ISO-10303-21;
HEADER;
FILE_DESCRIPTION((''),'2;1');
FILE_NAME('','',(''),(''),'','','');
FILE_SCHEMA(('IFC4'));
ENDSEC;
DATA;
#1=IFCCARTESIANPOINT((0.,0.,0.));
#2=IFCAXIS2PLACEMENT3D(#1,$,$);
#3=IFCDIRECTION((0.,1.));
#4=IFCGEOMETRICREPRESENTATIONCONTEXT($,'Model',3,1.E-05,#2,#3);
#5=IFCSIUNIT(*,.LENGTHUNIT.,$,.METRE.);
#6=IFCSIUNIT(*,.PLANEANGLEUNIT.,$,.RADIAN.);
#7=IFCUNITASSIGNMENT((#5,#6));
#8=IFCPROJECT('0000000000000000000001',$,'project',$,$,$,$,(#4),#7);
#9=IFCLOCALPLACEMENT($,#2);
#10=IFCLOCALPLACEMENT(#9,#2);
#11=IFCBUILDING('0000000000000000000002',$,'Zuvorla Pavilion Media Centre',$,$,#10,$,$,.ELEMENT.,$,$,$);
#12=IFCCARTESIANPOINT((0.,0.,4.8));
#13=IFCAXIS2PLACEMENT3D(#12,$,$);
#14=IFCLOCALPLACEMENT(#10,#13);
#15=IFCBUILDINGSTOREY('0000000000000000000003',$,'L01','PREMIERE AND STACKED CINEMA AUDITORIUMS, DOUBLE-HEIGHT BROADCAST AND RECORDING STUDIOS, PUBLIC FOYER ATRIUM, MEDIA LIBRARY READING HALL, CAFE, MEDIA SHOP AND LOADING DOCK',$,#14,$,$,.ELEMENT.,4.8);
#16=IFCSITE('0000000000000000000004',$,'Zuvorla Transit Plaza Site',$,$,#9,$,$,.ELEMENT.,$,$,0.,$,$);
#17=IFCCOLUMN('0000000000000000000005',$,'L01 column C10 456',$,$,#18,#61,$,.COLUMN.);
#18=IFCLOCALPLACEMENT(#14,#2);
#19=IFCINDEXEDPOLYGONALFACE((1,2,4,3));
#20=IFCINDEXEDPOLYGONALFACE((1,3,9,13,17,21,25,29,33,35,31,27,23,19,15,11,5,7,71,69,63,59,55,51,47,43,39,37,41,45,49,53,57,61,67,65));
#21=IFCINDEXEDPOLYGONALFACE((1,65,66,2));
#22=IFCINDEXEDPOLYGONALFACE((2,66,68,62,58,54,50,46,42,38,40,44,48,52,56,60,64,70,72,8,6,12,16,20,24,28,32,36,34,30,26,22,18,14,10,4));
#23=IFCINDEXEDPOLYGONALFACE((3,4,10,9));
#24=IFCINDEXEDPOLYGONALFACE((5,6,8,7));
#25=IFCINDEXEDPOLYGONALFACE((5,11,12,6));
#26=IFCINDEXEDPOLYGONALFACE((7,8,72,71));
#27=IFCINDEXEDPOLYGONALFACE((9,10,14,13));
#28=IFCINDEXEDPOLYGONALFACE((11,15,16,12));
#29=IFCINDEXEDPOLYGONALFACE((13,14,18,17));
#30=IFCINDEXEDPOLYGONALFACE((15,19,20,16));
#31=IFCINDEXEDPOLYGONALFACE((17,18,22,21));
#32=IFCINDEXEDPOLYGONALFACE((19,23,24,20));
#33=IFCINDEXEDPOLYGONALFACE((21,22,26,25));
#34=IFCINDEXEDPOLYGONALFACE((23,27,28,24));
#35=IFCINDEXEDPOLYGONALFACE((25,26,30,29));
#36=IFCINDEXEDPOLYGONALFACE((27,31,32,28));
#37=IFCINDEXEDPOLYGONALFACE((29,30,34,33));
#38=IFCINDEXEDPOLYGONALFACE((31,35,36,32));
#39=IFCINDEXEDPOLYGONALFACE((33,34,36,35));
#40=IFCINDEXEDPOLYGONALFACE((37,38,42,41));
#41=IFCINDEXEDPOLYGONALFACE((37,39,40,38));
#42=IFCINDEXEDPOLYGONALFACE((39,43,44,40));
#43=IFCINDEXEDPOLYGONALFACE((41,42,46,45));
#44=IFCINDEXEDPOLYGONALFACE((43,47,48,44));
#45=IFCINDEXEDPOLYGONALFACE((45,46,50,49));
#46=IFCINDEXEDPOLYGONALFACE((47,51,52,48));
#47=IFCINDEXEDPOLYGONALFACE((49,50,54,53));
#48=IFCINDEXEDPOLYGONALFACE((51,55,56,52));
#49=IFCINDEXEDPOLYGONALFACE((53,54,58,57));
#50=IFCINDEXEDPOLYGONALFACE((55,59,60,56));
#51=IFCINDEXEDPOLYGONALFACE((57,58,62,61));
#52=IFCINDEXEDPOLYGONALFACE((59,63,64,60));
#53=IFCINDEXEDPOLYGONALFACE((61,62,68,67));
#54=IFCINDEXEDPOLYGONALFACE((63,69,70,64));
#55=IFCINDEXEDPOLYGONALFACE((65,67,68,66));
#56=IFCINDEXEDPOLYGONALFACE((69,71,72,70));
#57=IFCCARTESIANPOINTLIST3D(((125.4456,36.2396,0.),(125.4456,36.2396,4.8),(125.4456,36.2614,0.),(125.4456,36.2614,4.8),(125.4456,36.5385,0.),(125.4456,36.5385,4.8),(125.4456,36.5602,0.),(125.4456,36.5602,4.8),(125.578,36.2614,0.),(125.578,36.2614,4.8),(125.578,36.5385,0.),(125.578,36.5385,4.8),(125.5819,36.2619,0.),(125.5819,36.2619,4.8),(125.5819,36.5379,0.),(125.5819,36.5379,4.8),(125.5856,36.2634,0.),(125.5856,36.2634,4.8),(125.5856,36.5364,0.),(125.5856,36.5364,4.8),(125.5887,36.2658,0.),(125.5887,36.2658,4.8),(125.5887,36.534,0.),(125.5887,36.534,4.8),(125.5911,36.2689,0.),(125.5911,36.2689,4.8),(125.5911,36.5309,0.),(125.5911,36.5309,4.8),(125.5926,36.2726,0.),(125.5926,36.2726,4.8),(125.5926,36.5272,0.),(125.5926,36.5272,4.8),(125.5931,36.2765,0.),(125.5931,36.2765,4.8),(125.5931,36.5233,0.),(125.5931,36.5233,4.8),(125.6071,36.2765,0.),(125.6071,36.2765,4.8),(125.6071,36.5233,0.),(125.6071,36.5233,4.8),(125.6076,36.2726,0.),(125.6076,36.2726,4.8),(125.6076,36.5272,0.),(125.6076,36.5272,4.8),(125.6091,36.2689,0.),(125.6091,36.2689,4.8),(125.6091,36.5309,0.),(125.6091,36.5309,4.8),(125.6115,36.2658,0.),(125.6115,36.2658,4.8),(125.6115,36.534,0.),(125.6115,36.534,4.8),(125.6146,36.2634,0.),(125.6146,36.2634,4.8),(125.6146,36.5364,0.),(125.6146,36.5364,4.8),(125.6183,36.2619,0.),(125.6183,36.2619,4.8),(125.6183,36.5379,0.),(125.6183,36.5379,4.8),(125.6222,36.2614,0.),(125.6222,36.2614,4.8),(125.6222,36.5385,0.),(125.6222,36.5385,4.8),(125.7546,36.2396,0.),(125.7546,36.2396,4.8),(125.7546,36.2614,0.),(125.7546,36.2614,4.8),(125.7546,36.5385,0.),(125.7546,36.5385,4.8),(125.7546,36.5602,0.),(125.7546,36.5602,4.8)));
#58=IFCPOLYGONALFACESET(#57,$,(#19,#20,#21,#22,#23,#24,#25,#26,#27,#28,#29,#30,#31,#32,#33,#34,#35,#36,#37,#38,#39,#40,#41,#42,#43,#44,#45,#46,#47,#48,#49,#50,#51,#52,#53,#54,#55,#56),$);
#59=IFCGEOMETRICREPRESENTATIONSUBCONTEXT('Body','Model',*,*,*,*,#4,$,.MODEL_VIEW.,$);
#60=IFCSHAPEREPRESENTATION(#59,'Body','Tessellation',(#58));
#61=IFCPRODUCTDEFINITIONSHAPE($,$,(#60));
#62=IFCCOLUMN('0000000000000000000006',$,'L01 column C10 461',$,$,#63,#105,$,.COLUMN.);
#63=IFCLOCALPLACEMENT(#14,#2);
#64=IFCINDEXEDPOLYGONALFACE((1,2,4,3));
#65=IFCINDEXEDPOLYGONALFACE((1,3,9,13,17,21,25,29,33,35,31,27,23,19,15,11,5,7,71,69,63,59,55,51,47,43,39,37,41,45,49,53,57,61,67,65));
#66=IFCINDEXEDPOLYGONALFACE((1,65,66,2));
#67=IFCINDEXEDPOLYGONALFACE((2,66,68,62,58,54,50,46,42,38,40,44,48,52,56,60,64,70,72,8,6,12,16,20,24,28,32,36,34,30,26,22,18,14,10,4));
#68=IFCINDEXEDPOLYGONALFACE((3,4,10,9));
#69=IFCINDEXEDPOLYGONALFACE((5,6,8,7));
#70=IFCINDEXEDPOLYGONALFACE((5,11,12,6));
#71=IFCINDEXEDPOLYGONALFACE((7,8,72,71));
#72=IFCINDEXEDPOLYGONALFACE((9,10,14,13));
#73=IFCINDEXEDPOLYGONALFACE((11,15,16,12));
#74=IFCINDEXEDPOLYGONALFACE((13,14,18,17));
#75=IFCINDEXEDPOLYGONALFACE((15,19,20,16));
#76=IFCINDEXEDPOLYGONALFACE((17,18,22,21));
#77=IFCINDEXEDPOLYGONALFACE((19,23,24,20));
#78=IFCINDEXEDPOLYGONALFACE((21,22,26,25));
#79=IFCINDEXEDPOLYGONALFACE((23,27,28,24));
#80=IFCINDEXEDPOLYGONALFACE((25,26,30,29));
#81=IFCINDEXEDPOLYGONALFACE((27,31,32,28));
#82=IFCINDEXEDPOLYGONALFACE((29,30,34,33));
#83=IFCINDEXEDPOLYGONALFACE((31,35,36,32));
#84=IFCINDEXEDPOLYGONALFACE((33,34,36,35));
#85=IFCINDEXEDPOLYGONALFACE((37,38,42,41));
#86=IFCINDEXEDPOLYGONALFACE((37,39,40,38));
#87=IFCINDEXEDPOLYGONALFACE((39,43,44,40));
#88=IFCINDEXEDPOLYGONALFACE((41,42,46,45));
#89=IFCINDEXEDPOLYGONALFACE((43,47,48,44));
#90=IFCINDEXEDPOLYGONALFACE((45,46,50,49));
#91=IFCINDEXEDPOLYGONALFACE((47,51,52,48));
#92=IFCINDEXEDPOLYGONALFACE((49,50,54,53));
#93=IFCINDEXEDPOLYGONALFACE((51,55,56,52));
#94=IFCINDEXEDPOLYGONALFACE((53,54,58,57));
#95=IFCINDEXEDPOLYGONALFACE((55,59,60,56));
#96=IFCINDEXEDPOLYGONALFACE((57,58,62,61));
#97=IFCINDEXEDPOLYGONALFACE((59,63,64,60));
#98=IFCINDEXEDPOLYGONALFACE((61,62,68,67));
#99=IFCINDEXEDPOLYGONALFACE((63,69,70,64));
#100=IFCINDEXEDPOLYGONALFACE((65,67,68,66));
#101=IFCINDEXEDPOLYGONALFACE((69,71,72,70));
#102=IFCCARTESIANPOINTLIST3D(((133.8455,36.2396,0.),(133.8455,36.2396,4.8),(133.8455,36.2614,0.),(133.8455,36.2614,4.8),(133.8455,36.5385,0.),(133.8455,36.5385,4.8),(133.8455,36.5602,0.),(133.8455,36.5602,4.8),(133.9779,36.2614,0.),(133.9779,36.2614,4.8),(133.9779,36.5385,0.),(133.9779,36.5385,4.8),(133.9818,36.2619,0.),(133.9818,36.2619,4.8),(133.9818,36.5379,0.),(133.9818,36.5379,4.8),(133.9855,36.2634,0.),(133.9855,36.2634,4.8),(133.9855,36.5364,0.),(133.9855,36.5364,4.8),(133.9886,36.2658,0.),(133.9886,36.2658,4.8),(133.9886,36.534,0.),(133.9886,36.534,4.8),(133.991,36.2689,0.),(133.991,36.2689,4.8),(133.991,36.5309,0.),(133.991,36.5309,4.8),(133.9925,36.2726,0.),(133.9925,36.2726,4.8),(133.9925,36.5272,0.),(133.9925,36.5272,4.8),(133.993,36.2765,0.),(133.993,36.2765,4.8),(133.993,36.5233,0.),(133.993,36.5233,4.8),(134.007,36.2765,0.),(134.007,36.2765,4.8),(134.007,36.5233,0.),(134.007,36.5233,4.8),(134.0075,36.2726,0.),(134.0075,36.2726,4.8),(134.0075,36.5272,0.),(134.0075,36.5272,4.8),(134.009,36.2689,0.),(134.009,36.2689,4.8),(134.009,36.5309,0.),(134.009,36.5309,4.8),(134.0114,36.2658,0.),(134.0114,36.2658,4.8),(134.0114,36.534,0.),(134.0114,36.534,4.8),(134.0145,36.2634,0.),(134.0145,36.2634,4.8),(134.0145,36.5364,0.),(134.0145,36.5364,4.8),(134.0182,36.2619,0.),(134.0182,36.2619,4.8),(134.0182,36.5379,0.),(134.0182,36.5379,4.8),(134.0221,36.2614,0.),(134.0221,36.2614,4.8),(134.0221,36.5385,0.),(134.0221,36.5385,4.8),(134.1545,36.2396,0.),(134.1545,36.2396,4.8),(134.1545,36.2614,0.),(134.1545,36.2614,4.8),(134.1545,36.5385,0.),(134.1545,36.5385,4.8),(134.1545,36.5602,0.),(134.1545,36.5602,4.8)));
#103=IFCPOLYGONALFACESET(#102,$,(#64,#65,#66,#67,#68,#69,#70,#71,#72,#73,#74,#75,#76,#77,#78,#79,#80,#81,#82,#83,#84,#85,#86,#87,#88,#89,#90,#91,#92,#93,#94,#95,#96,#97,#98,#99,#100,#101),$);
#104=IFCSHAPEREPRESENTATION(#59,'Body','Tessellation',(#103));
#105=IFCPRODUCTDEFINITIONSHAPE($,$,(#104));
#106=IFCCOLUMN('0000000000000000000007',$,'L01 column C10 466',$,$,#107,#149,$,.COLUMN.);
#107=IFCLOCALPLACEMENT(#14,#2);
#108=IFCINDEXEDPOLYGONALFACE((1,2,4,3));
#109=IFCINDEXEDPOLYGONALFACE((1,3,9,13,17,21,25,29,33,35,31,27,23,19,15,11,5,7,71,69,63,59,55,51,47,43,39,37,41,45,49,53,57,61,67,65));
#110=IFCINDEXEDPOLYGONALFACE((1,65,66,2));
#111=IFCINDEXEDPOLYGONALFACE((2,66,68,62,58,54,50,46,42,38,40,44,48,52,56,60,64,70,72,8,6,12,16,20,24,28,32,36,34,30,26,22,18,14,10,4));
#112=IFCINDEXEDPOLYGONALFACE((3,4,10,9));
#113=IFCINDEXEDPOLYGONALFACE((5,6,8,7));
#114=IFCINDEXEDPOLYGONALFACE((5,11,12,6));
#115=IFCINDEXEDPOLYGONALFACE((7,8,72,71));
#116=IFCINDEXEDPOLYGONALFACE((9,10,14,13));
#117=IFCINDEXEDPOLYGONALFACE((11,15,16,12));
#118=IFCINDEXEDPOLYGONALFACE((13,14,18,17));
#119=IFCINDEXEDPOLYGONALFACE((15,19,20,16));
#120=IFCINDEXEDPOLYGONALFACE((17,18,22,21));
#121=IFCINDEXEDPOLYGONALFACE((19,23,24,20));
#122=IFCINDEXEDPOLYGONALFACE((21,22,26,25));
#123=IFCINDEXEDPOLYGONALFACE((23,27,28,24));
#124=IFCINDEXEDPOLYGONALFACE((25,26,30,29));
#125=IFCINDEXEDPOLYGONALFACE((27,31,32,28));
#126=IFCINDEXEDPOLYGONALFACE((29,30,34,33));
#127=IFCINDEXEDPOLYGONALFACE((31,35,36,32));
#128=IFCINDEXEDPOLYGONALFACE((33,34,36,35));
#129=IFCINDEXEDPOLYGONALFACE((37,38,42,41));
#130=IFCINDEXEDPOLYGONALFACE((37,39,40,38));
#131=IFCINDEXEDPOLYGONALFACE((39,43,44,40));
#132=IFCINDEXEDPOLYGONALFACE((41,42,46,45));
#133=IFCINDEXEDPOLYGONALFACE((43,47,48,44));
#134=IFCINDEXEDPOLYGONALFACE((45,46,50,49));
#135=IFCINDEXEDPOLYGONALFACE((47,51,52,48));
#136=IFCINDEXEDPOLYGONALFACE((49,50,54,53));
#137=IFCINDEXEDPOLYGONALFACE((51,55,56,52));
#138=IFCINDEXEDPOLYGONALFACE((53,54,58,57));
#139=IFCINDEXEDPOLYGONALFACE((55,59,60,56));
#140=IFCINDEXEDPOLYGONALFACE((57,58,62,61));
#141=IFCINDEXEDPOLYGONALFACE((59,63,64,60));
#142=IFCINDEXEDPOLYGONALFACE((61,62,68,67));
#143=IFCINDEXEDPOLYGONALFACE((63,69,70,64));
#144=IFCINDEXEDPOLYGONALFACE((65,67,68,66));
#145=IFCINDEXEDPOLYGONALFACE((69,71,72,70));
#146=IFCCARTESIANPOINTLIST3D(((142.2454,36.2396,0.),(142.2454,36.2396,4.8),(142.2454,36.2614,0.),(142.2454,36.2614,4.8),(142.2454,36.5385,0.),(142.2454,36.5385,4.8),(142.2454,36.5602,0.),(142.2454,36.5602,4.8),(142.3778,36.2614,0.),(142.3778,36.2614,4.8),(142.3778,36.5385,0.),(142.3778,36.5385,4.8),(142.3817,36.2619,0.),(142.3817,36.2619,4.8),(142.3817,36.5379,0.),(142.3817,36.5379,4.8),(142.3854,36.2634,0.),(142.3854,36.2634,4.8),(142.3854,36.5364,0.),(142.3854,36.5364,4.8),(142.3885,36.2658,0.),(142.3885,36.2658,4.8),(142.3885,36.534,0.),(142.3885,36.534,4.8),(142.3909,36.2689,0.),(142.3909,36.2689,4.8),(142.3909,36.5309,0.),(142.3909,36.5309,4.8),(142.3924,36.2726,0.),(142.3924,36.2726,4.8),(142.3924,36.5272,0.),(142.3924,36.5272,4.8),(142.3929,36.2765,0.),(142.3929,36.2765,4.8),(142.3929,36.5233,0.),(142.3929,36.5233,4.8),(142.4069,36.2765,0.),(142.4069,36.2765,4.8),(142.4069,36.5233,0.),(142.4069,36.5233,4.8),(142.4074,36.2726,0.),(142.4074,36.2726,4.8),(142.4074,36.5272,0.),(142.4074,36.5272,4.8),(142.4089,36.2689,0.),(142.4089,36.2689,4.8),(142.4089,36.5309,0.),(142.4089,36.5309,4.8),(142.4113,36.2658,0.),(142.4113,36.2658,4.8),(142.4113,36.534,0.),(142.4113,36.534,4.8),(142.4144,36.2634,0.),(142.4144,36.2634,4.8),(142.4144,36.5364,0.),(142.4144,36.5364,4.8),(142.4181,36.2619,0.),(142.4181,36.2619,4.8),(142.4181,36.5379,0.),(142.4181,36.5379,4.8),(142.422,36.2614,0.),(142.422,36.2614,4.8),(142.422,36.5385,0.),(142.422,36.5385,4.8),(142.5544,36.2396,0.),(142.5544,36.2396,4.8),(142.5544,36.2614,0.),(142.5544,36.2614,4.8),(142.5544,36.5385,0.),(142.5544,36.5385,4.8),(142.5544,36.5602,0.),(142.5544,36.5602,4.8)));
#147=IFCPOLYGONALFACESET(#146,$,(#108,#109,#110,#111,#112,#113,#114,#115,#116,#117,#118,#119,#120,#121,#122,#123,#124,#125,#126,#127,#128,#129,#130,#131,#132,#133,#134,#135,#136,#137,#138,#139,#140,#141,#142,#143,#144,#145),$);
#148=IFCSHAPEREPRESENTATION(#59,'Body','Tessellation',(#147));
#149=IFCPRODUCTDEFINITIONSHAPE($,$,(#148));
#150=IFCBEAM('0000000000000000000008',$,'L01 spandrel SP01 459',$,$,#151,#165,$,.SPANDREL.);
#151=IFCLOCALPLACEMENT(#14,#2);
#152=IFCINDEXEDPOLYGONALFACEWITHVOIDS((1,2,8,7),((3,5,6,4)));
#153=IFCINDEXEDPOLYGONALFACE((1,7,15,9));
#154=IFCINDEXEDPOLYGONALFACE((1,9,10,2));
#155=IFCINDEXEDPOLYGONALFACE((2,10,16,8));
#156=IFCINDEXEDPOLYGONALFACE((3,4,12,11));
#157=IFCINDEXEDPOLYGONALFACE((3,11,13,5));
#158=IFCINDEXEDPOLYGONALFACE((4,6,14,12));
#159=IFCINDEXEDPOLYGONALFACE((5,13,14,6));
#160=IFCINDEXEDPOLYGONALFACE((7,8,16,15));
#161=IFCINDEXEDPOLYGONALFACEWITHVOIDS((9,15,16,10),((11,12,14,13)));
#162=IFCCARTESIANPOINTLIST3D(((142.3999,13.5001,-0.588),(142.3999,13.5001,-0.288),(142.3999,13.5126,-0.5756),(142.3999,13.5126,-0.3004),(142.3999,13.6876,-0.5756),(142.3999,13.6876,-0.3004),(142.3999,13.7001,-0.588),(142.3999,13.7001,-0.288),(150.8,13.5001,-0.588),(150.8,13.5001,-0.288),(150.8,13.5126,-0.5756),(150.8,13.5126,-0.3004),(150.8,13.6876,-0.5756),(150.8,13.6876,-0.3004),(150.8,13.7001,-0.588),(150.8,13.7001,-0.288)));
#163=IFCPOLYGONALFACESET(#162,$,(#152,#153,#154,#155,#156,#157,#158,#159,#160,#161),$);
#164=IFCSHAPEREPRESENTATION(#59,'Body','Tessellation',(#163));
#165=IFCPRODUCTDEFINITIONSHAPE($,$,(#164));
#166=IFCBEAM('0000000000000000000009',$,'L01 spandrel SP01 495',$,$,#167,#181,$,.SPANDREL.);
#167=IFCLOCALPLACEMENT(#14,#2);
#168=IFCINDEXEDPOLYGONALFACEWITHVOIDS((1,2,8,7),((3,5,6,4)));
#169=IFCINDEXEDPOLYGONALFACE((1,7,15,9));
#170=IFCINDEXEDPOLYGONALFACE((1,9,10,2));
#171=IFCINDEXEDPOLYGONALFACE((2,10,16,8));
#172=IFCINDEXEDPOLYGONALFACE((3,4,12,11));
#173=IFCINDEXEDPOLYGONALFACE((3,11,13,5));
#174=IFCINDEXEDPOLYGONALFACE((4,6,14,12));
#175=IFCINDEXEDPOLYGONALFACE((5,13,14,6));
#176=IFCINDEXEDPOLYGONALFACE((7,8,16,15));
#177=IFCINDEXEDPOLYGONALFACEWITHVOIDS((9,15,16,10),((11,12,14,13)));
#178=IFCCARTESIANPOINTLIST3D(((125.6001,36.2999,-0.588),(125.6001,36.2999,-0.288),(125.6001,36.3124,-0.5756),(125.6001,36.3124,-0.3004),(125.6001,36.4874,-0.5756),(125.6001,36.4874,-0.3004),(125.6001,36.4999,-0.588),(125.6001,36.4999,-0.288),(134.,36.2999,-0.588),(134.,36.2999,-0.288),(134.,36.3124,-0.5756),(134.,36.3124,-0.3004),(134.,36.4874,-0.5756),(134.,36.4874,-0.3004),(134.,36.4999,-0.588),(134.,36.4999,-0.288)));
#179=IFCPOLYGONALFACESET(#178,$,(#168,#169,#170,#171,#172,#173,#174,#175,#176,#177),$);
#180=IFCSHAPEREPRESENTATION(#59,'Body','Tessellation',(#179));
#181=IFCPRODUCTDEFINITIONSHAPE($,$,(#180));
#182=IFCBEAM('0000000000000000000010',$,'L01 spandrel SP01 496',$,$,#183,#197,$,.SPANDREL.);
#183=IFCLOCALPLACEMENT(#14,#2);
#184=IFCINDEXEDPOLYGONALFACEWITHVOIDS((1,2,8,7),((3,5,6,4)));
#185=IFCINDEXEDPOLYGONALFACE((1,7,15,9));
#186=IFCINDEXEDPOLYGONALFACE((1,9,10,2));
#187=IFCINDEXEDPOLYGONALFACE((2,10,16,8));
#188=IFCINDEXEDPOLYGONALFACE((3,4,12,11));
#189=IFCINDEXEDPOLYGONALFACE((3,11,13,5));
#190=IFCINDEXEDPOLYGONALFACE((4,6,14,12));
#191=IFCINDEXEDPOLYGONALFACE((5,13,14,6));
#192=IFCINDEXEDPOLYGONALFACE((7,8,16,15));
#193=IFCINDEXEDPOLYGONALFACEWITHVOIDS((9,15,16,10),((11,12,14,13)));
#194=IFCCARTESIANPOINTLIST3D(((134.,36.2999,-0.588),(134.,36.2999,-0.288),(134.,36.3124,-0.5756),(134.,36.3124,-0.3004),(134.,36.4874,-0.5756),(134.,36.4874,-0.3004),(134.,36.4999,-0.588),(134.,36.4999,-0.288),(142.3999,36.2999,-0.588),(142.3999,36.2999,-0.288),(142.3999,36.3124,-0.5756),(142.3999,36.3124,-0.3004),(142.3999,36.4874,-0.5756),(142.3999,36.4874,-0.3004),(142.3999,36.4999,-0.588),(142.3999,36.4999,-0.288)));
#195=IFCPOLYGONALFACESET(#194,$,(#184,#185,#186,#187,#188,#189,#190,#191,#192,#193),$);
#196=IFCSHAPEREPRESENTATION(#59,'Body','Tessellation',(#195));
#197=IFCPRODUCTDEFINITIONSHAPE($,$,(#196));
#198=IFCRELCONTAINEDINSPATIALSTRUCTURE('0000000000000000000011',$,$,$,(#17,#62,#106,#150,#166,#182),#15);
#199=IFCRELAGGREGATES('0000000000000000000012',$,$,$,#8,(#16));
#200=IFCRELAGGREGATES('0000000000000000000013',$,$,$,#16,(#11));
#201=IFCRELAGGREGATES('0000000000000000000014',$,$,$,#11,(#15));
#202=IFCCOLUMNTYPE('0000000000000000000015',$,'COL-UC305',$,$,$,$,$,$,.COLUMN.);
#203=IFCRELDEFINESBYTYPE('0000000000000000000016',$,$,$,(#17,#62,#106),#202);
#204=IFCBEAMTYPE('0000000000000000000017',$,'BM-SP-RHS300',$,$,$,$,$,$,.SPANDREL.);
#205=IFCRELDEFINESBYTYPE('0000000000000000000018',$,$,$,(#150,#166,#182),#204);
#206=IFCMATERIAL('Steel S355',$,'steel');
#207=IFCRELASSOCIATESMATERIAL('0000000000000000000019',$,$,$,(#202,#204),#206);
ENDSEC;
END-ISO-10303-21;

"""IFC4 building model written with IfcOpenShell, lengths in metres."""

from ifc_helpers import new_model, si_unit, direction, frame, origin, origin_2d, place, context, subcontext, project, spatial, hollow_rectangle, i_section, extrude, material, material_profile, profile_set, type_object, element, save


model = new_model("IFC4")

# Units and contexts
model_context = context("Model", 3, precision=1e-05, world=origin(), true_north=direction((0.0, 1.0)))
body_context = subcontext(model_context, "Body", "Model", "MODEL_VIEW")
ifc_project = project(units=[si_unit("LENGTHUNIT", "METRE"), si_unit("PLANEANGLEUNIT", "RADIAN")], contexts=[model_context])

# Site, building, storey
site_placement = place(None, origin())
site = spatial("IfcSite", under=ifc_project, at=site_placement, Name="Zuvorla Transit Plaza Site", CompositionType="ELEMENT", RefElevation=0.0)
building_placement = place(site_placement, origin())
building = spatial("IfcBuilding", under=site, at=building_placement, Name="Zuvorla Pavilion Media Centre", CompositionType="ELEMENT")
storey_placement = place(building_placement, frame((0.0, 0.0, 4.8)))
storey = spatial("IfcBuildingStorey", under=building, at=storey_placement, Name="L01", Description="PREMIERE AND STACKED CINEMA AUDITORIUMS, DOUBLE-HEIGHT BROADCAST AND RECORDING STUDIOS, PUBLIC FOYER ATRIUM, MEDIA LIBRARY READING HALL, CAFE, MEDIA SHOP AND LOADING DOCK", CompositionType="ELEMENT", Elevation=4.8)

# Columns
ifc_material_1 = material(Name="Steel S355", Category="steel")
ifc_material_profile_1 = material_profile(ifc_material_1, i_section(OverallWidth=0.3091, OverallDepth=0.3206, WebThickness=0.0139, FlangeThickness=0.0217, FilletRadius=0.0151, at=origin_2d()), Name="UC 305x305x137")
ifc_profile_set_1 = profile_set([ifc_material_profile_1], Name="Steel S355")
column_type = type_object("IfcColumnType", Name="COL-UC305", PredefinedType="COLUMN", material=ifc_profile_set_1)
for number, where, z_axis, x_axis, name in (
    (1, (125.6001, 36.3999, 0.0), (0.0, 0.0, 1.0), (1.0, 0.0, 0.0), "L01 column C10 456"),
    (2, (134.0, 36.3999, 0.0), (0.0, 0.0, 1.0), (1.0, 0.0, 0.0), "L01 column C10 461"),
    (3, (142.3999, 36.3999, 0.0), (0.0, 0.0, 1.0), (1.0, 0.0, 0.0), "L01 column C10 466"),
):
    element("IfcColumn", number, at=place(storey_placement, frame(where, z_axis=z_axis, x_axis=x_axis)), inside=storey, type_object=column_type, Name=name, PredefinedType="COLUMN", context=body_context, shape_type="SweptSolid", body=[
        extrude(i_section(OverallWidth=0.3091, OverallDepth=0.3206, WebThickness=0.0139, FlangeThickness=0.0217, FilletRadius=0.0151, at=origin_2d()), origin(), (0.0, 0.0, 1.0), 4.8),
    ])

# Beams
ifc_material_profile_2 = material_profile(ifc_material_1, hollow_rectangle(XDim=0.2, YDim=0.3, WallThickness=0.0125, at=origin_2d()), Name="RHS 300x200x12.5")
ifc_profile_set_2 = profile_set([ifc_material_profile_2], Name="Steel S355")
beam_type_1 = type_object("IfcBeamType", Name="BM-SP-RHS300", PredefinedType="SPANDREL", material=ifc_profile_set_2)
beam_1_placement = place(storey_placement, frame((142.3999, 13.6001, -0.438), z_axis=(1.0, 0.0, 0.0), x_axis=(0.0, 1.0, 0.0)))
element("IfcBeam", 4, at=beam_1_placement, inside=storey, type_object=beam_type_1, Name="L01 spandrel SP01 459", PredefinedType="SPANDREL", context=body_context, shape_type="SweptSolid", body=[
    extrude(hollow_rectangle(XDim=0.2, YDim=0.3, WallThickness=0.0125, at=origin_2d()), origin(), (0.0, 0.0, 1.0), 8.4001),
])
for number, where, z_axis, x_axis, name in (
    (5, (125.6001, 36.3999, -0.438), (1.0, 0.0, 0.0), (0.0, 1.0, 0.0), "L01 spandrel SP01 495"),
    (6, (134.0, 36.3999, -0.438), (1.0, 0.0, 0.0), (0.0, 1.0, 0.0), "L01 spandrel SP01 496"),
):
    element("IfcBeam", number, at=place(storey_placement, frame(where, z_axis=z_axis, x_axis=x_axis)), inside=storey, type_object=beam_type_1, Name=name, PredefinedType="SPANDREL", context=body_context, shape_type="SweptSolid", body=[
        extrude(hollow_rectangle(XDim=0.2, YDim=0.3, WallThickness=0.0125, at=origin_2d()), origin(), (0.0, 0.0, 1.0), 8.3999),
    ])

save(model, "model.ifc")
